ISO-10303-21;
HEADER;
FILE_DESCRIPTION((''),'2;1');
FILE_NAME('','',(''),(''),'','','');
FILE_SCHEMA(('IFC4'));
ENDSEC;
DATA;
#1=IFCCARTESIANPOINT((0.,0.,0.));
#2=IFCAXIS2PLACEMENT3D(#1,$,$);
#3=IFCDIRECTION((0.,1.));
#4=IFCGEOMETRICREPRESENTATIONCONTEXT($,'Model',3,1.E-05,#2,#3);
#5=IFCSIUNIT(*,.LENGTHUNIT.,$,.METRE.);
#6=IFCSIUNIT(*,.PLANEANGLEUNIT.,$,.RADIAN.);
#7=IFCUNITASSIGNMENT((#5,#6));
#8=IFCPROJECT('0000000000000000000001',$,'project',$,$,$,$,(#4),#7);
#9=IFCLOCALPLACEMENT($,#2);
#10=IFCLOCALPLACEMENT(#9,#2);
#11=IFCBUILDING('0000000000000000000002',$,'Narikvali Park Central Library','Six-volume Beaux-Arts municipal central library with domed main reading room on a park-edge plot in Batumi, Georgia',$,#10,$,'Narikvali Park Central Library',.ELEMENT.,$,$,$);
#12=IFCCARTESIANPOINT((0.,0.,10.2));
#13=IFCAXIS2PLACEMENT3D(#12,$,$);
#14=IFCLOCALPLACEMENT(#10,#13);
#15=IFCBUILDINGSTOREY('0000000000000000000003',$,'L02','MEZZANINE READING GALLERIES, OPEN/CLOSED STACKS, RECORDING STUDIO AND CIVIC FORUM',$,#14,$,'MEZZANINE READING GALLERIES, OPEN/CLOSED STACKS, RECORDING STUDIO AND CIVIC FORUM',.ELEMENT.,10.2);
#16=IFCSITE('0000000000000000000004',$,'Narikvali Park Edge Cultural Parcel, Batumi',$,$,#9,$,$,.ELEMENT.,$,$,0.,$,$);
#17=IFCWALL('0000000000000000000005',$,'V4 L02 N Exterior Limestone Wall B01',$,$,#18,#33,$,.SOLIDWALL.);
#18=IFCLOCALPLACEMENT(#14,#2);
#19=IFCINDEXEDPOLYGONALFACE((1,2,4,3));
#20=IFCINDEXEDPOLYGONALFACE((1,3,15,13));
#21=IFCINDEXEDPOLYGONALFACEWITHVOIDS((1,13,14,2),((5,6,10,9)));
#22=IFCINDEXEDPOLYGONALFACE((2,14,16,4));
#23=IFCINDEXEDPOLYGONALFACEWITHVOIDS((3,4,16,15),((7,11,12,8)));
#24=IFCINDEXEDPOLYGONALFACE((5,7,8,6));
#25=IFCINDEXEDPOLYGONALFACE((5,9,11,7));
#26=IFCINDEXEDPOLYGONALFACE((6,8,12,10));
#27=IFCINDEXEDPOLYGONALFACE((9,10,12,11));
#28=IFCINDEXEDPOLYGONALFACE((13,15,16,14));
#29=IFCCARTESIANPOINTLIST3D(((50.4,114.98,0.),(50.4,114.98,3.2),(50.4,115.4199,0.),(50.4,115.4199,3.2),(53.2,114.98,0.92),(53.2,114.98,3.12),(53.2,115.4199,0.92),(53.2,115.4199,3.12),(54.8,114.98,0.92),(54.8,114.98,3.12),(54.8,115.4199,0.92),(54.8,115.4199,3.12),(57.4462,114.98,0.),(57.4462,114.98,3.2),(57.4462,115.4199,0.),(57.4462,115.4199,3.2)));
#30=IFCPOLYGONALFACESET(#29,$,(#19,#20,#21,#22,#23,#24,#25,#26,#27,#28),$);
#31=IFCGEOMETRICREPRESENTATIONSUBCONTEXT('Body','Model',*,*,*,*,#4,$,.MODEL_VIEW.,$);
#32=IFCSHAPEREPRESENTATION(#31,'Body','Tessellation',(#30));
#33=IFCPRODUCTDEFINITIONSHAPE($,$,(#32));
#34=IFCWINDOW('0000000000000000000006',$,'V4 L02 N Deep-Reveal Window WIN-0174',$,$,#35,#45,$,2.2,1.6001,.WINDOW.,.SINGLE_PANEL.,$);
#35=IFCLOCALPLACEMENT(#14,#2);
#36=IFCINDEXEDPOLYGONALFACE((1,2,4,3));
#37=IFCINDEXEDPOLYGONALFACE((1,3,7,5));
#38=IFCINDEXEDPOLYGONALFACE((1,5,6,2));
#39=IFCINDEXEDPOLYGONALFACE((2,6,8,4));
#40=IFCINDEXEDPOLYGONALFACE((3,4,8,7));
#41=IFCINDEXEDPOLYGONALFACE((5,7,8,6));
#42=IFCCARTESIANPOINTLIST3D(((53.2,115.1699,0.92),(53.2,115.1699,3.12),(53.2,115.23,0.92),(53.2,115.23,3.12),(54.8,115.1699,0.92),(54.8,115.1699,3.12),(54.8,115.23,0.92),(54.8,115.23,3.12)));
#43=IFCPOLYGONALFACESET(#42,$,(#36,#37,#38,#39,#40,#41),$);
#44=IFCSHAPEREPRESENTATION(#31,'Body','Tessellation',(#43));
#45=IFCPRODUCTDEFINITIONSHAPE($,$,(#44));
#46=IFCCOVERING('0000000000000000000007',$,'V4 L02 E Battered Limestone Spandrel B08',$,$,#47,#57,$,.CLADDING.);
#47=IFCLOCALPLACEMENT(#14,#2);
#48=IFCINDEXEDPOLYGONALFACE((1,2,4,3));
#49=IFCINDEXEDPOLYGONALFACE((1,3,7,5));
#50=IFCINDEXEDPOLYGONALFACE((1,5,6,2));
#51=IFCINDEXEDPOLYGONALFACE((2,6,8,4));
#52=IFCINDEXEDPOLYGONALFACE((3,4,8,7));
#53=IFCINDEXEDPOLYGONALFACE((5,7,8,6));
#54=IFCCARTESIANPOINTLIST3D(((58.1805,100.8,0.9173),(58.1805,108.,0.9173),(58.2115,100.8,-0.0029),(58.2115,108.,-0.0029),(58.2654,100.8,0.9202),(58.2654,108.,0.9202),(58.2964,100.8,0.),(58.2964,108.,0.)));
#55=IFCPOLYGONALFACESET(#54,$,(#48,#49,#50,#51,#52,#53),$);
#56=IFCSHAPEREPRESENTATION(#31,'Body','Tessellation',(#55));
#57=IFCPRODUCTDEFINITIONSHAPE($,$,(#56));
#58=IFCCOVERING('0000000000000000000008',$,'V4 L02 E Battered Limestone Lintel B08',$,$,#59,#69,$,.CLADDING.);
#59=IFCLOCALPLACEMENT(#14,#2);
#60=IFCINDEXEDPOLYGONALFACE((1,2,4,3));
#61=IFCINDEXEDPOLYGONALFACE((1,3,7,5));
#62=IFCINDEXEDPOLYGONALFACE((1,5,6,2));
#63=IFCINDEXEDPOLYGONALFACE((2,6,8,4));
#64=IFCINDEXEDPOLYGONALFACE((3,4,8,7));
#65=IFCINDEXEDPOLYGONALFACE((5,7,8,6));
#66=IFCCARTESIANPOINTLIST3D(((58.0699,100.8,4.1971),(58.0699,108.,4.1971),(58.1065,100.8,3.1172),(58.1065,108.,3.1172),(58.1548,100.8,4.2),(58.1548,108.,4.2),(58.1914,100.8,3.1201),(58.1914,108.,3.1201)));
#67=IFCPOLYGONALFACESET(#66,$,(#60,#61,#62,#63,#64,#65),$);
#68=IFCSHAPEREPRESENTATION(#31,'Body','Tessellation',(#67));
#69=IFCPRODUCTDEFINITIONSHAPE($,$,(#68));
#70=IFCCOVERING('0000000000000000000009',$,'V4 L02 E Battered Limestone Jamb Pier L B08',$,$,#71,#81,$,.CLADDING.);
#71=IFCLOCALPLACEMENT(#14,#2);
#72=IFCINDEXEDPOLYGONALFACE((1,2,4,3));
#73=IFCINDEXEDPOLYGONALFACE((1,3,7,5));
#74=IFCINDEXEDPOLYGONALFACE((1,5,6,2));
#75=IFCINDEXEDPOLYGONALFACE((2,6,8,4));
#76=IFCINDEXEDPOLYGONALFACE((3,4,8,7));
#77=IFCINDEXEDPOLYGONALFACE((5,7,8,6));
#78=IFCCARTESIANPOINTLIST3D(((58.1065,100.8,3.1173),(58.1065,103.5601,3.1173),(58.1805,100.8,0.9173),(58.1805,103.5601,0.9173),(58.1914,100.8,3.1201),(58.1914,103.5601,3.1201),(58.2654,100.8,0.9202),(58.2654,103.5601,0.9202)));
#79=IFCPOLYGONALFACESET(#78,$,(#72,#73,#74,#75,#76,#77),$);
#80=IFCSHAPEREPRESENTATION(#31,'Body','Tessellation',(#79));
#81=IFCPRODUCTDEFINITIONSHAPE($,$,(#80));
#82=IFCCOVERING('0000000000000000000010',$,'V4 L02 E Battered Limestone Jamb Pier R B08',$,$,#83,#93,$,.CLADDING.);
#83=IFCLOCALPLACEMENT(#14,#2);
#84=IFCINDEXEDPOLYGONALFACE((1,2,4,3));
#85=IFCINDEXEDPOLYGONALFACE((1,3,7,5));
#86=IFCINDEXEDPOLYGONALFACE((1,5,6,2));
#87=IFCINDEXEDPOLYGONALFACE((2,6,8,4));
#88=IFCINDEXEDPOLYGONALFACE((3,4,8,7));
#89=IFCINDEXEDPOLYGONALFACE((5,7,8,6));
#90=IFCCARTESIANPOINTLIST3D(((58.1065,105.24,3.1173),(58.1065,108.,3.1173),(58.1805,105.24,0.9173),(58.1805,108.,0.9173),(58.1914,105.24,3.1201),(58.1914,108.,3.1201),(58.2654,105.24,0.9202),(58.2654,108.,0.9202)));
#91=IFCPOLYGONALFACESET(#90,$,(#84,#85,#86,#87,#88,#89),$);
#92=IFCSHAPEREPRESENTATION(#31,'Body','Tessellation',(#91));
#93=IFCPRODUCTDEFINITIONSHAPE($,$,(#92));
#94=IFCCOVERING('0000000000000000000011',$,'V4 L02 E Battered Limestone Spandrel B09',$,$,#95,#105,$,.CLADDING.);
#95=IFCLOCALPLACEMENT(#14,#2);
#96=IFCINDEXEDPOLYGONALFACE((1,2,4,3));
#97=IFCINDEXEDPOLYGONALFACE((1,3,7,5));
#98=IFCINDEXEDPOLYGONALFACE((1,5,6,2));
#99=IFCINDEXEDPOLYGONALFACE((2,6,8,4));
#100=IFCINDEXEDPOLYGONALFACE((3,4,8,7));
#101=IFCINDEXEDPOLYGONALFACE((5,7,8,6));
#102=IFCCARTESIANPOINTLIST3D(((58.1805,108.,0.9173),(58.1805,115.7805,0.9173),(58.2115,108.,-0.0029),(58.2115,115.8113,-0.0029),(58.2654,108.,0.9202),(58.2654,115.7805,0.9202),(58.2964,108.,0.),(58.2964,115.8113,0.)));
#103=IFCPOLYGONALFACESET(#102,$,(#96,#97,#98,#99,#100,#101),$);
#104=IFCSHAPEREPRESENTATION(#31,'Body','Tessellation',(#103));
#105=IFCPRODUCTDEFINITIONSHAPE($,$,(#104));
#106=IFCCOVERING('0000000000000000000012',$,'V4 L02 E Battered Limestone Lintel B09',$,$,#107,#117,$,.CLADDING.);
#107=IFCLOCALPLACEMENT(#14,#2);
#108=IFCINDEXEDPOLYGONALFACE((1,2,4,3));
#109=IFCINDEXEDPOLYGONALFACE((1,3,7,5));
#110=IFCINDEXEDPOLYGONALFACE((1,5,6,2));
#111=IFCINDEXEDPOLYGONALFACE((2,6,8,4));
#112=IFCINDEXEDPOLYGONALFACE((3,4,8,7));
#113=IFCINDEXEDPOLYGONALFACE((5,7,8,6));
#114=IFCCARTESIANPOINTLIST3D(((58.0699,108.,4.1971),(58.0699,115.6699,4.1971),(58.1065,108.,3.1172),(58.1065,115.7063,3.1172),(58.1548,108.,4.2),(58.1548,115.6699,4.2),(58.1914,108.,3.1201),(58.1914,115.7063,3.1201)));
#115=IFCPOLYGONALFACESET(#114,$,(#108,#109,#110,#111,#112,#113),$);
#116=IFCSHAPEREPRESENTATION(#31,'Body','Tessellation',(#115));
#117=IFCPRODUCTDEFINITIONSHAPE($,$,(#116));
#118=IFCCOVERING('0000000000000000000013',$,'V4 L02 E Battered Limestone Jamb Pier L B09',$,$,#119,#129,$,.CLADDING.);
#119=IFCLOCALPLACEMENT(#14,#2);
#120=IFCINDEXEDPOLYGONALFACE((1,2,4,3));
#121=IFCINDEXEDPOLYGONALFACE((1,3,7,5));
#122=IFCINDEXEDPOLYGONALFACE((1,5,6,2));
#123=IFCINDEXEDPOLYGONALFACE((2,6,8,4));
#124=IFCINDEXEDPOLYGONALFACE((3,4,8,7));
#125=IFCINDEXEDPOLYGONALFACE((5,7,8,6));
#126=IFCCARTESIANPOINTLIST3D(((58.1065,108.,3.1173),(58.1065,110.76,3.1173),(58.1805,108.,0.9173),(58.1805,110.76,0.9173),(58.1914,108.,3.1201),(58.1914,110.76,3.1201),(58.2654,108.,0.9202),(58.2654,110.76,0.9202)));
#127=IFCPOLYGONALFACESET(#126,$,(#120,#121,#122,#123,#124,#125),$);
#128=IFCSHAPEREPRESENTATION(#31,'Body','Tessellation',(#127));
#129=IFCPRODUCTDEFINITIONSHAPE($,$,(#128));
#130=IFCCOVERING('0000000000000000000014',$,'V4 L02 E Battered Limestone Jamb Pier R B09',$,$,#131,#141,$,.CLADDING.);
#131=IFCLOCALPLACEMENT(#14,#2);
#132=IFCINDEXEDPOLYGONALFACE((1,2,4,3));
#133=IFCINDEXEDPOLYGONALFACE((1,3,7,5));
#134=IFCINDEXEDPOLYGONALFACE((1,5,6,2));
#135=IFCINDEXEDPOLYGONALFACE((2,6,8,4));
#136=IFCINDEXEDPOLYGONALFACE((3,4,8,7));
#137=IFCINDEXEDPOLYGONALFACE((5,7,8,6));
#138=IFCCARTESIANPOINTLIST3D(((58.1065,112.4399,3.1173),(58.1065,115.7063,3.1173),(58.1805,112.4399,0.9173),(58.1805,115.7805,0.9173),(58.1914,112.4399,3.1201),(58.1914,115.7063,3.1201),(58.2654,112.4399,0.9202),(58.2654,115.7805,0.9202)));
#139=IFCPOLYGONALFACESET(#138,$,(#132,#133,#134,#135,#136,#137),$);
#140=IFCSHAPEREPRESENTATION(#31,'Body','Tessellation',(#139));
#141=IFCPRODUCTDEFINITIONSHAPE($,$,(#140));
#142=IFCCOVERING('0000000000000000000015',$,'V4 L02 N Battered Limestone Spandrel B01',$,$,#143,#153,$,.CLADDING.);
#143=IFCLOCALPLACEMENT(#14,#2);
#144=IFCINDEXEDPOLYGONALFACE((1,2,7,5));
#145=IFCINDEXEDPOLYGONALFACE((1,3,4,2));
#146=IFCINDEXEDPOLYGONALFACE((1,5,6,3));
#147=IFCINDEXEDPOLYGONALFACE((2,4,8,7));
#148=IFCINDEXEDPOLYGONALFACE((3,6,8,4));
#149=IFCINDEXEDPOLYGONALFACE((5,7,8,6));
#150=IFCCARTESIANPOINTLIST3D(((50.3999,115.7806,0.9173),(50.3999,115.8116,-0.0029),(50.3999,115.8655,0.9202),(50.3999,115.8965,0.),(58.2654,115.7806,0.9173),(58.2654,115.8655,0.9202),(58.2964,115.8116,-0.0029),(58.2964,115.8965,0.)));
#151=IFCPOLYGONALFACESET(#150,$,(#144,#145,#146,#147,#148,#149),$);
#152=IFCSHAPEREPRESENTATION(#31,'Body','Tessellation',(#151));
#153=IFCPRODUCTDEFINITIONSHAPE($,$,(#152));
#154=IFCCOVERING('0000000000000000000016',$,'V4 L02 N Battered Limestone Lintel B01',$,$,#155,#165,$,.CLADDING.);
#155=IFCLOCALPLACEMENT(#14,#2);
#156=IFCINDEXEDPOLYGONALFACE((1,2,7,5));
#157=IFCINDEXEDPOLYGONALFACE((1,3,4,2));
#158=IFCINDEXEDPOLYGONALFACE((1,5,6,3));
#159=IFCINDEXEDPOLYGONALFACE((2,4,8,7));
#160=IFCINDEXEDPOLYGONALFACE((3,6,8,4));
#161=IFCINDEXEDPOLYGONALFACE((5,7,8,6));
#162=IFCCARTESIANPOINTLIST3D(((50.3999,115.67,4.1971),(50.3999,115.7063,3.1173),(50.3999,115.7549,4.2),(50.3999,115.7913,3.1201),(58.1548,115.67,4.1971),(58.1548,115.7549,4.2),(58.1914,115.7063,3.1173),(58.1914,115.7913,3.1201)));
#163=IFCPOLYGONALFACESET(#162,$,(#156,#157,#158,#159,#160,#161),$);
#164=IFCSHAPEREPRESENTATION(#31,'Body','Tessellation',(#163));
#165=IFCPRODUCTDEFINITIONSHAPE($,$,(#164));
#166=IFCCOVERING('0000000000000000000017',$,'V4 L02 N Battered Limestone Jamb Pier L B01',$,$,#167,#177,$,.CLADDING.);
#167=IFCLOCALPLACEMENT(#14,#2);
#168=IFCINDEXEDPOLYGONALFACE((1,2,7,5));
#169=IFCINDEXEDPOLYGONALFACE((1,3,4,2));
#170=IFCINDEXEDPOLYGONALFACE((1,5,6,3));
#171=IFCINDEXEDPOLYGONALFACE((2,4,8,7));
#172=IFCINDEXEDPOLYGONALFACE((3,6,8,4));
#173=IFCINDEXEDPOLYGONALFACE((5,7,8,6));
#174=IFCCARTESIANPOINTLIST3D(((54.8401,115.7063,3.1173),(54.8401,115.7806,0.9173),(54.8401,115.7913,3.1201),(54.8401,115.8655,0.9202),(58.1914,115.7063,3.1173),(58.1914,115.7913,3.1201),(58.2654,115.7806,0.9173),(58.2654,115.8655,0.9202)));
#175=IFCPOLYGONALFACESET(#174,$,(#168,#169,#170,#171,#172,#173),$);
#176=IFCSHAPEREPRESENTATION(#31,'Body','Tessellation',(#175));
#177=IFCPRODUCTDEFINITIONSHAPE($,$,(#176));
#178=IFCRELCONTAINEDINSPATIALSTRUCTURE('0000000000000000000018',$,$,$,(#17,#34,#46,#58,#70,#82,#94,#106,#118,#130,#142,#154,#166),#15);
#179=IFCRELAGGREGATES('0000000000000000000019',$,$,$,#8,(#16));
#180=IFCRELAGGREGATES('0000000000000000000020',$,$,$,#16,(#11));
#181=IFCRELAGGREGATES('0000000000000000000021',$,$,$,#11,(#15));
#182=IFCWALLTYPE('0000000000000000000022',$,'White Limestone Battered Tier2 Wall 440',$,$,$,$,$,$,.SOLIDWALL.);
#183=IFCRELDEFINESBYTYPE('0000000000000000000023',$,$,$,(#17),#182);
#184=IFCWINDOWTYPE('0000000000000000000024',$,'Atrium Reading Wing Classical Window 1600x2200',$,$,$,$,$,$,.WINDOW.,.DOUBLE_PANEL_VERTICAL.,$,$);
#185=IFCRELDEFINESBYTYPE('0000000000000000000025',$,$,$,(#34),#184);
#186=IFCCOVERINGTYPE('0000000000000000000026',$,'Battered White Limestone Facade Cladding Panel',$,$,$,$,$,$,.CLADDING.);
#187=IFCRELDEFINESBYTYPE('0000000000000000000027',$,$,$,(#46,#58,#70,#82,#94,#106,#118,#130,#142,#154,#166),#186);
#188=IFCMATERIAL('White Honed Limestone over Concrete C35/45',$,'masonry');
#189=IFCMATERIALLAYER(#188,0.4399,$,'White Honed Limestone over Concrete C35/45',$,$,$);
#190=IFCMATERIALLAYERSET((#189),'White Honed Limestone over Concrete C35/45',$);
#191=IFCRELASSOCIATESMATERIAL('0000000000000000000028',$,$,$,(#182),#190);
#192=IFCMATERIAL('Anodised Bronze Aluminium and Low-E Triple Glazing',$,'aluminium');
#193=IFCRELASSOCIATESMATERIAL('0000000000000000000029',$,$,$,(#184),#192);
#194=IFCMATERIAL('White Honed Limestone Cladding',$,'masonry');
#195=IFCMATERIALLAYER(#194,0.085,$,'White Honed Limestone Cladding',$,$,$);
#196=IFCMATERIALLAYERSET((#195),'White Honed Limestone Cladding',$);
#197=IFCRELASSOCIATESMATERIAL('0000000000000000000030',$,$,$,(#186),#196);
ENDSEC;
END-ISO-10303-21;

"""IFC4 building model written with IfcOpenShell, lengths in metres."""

from ifc_helpers import new_model, si_unit, direction, frame, frame_2d, origin, place, context, subcontext, project, spatial, polyline, rectangle, outline, extrude, material, layer, layer_set, type_object, element, fill, save


model = new_model("IFC4")

# Units and contexts
model_context = context("Model", 3, precision=1e-05, world=origin(), true_north=direction((0.0, 1.0)))
body_context = subcontext(model_context, "Body", "Model", "MODEL_VIEW")
ifc_project = project(units=[si_unit("LENGTHUNIT", "METRE"), si_unit("PLANEANGLEUNIT", "RADIAN")], contexts=[model_context])

# Site, building, storey
site_placement = place(None, origin())
site = spatial("IfcSite", under=ifc_project, at=site_placement, Name="Narikvali Park Edge Cultural Parcel, Batumi", CompositionType="ELEMENT", RefElevation=0.0)
building_placement = place(site_placement, origin())
building = spatial("IfcBuilding", under=site, at=building_placement, Name="Narikvali Park Central Library", Description="Six-volume Beaux-Arts municipal central library with domed main reading room on a park-edge plot in Batumi, Georgia", LongName="Narikvali Park Central Library", CompositionType="ELEMENT")
storey_placement = place(building_placement, frame((0.0, 0.0, 10.2)))
storey = spatial("IfcBuildingStorey", under=building, at=storey_placement, Name="L02", Description="MEZZANINE READING GALLERIES, OPEN/CLOSED STACKS, RECORDING STUDIO AND CIVIC FORUM", LongName="MEZZANINE READING GALLERIES, OPEN/CLOSED STACKS, RECORDING STUDIO AND CIVIC FORUM", CompositionType="ELEMENT", Elevation=10.2)

# Shared definitions
ifc_material_1 = material(Name="White Honed Limestone over Concrete C35/45", Category="masonry")

# Wall, opening, window
ifc_layer_1 = layer(ifc_material_1, 0.4399, Name="White Honed Limestone over Concrete C35/45")
ifc_layer_set_1 = layer_set([ifc_layer_1], Name="White Honed Limestone over Concrete C35/45")
wall_type_1 = type_object("IfcWallType", Name="White Limestone Battered Tier2 Wall 440", PredefinedType="SOLIDWALL", material=ifc_layer_set_1)
ifc_material_2 = material(Name="Anodised Bronze Aluminium and Low-E Triple Glazing", Category="aluminium")
window_type = type_object("IfcWindowType", Name="Atrium Reading Wing Classical Window 1600x2200", PartitioningType="DOUBLE_PANEL_VERTICAL", PredefinedType="WINDOW", material=ifc_material_2)
wall_1_placement = place(storey_placement, frame((57.446, 115.2, 0.0), z_axis=(0.0, 0.0, 1.0), x_axis=(-1.0, 0.0, 0.0)))
wall_1 = element("IfcWall", 1, at=wall_1_placement, inside=storey, type_object=wall_type_1, Name="V4 L02 N Exterior Limestone Wall B01", PredefinedType="SOLIDWALL", context=body_context, shape_type="SweptSolid", body=[
    extrude(rectangle(XDim=7.0461, YDim=0.4399, at=frame_2d((3.5229, 0.0))), origin(), (0.0, 0.0, 1.0), 3.2),
])
opening_1_placement = place(wall_1_placement, frame((2.646, 0.0, 0.9199)))
opening_1 = element("IfcOpeningElement", 2, at=opening_1_placement, cuts=wall_1, PredefinedType="OPENING", context=body_context, shape_type="SweptSolid", body=[
    extrude(rectangle(XDim=1.6001, YDim=2.2, at=frame_2d((0.8, 1.1001))), frame((0.0, 0.2319, 0.0), z_axis=(0.0, -1.0, 0.0), x_axis=(1.0, 0.0, 0.0)), (0.0, 0.0, 1.0), 0.4639),
])
window_1_placement = place(opening_1_placement, origin())
window_1 = element("IfcWindow", 3, at=window_1_placement, inside=storey, type_object=window_type, Name="V4 L02 N Deep-Reveal Window WIN-0174", OverallHeight=2.2, OverallWidth=1.6001, PartitioningType="SINGLE_PANEL", PredefinedType="WINDOW", context=body_context, shape_type="SweptSolid", body=[
    extrude(rectangle(XDim=1.6001, YDim=2.2, at=frame_2d((0.8, 1.1001))), frame((0.0, 0.03, 0.0), z_axis=(0.0, -1.0, 0.0), x_axis=(1.0, 0.0, 0.0)), (0.0, 0.0, 1.0), 0.0601),
])
fill(opening_1, window_1)

# Coverings
ifc_material_3 = material(Name="White Honed Limestone Cladding", Category="masonry")
ifc_layer_2 = layer(ifc_material_3, 0.085, Name="White Honed Limestone Cladding")
ifc_layer_set_2 = layer_set([ifc_layer_2], Name="White Honed Limestone Cladding")
covering_type = type_object("IfcCoveringType", Name="Battered White Limestone Facade Cladding Panel", PredefinedType="CLADDING", material=ifc_layer_set_2)
covering_1_placement = place(storey_placement, frame((58.2964, 100.8, 0.0), z_axis=(0.999433, 0.0, 0.033677), x_axis=(0.0, 1.0, 0.0)))
element("IfcCovering", 4, at=covering_1_placement, inside=storey, type_object=covering_type, Name="V4 L02 E Battered Limestone Spandrel B08", PredefinedType="CLADDING", context=body_context, shape_type="SweptSolid", body=[
    extrude(outline(polyline([(0.0, 0.0), (7.2, 0.0), (7.2, 0.9207), (0.0, 0.9207), (0.0, 0.0)])), origin(), (0.0, 0.0, -1.0), 0.085),
])
covering_2_placement = place(storey_placement, frame((58.1914, 100.8, 3.1201), z_axis=(0.999425, 0.0, 0.033894), x_axis=(0.0, 1.0, 0.0)))
element("IfcCovering", 5, at=covering_2_placement, inside=storey, type_object=covering_type, Name="V4 L02 E Battered Limestone Lintel B08", PredefinedType="CLADDING", context=body_context, shape_type="SweptSolid", body=[
    extrude(outline(polyline([(0.0, 0.0), (7.2, 0.0), (7.2, 1.0805), (0.0, 1.0805), (0.0, 0.0)])), origin(), (0.0, 0.0, -1.0), 0.085),
])
for number, where, z_axis, x_axis, name in (
    (6, (58.2654, 100.8, 0.9202), (0.999435, 0.0, 0.033607), (0.0, 1.0, 0.0), "V4 L02 E Battered Limestone Jamb Pier L B08"),
    (7, (58.2654, 105.24, 0.9202), (0.999435, 0.0, 0.033607), (0.0, 1.0, 0.0), "V4 L02 E Battered Limestone Jamb Pier R B08"),
):
    element("IfcCovering", number, at=place(storey_placement, frame(where, z_axis=z_axis, x_axis=x_axis)), inside=storey, type_object=covering_type, Name=name, PredefinedType="CLADDING", context=body_context, shape_type="SweptSolid", body=[
        extrude(outline(polyline([(0.0, 0.0), (2.76, 0.0), (2.76, 2.2012), (0.0, 2.2012), (0.0, 0.0)])), origin(), (0.0, 0.0, -1.0), 0.085),
    ])
covering_3_placement = place(storey_placement, frame((58.2964, 108.0, 0.0), z_axis=(0.999433, 0.0, 0.033677), x_axis=(0.0, 1.0, 0.0)))
element("IfcCovering", 8, at=covering_3_placement, inside=storey, type_object=covering_type, Name="V4 L02 E Battered Limestone Spandrel B09", PredefinedType="CLADDING", context=body_context, shape_type="SweptSolid", body=[
    extrude(outline(polyline([(0.0, 0.0), (7.8113, 0.0), (7.7805, 0.9207), (0.0, 0.9207), (0.0, 0.0)])), origin(), (0.0, 0.0, -1.0), 0.085),
])
covering_4_placement = place(storey_placement, frame((58.1914, 108.0, 3.1201), z_axis=(0.999425, 0.0, 0.033894), x_axis=(0.0, 1.0, 0.0)))
element("IfcCovering", 9, at=covering_4_placement, inside=storey, type_object=covering_type, Name="V4 L02 E Battered Limestone Lintel B09", PredefinedType="CLADDING", context=body_context, shape_type="SweptSolid", body=[
    extrude(outline(polyline([(0.0, 0.0), (7.7063, 0.0), (7.6699, 1.0805), (0.0, 1.0805), (0.0, 0.0)])), origin(), (0.0, 0.0, -1.0), 0.085),
])
covering_5_placement = place(storey_placement, frame((58.2654, 108.0, 0.9202), z_axis=(0.999435, 0.0, 0.033607), x_axis=(0.0, 1.0, 0.0)))
element("IfcCovering", 10, at=covering_5_placement, inside=storey, type_object=covering_type, Name="V4 L02 E Battered Limestone Jamb Pier L B09", PredefinedType="CLADDING", context=body_context, shape_type="SweptSolid", body=[
    extrude(outline(polyline([(0.0, 0.0), (2.76, 0.0), (2.76, 2.2012), (0.0, 2.2012), (0.0, 0.0)])), origin(), (0.0, 0.0, -1.0), 0.085),
])
covering_6_placement = place(storey_placement, frame((58.2654, 112.4399, 0.9202), z_axis=(0.999435, 0.0, 0.033607), x_axis=(0.0, 1.0, 0.0)))
element("IfcCovering", 11, at=covering_6_placement, inside=storey, type_object=covering_type, Name="V4 L02 E Battered Limestone Jamb Pier R B09", PredefinedType="CLADDING", context=body_context, shape_type="SweptSolid", body=[
    extrude(outline(polyline([(0.0, 0.0), (3.3406, 0.0), (3.2664, 2.2012), (0.0, 2.2012), (0.0, 0.0)])), origin(), (0.0, 0.0, -1.0), 0.085),
])
covering_7_placement = place(storey_placement, frame((58.2964, 115.8965, 0.0), z_axis=(0.0, 0.999433, 0.033677), x_axis=(-1.0, 0.0, 0.0)))
element("IfcCovering", 12, at=covering_7_placement, inside=storey, type_object=covering_type, Name="V4 L02 N Battered Limestone Spandrel B01", PredefinedType="CLADDING", context=body_context, shape_type="SweptSolid", body=[
    extrude(outline(polyline([(0.0, 0.0), (7.8965, 0.0), (7.8965, 0.9207), (0.031, 0.9207), (0.0, 0.0)])), origin(), (0.0, 0.0, -1.0), 0.085),
])
covering_8_placement = place(storey_placement, frame((58.1914, 115.7913, 3.1201), z_axis=(0.0, 0.999433, 0.033668), x_axis=(-1.0, 0.0, 0.0)))
element("IfcCovering", 13, at=covering_8_placement, inside=storey, type_object=covering_type, Name="V4 L02 N Battered Limestone Lintel B01", PredefinedType="CLADDING", context=body_context, shape_type="SweptSolid", body=[
    extrude(outline(polyline([(0.0, 0.0), (7.7915, 0.0), (7.7915, 1.0804), (0.0366, 1.0804), (0.0, 0.0)])), origin(), (0.0, 0.0, -1.0), 0.085),
])
covering_9_placement = place(storey_placement, frame((58.2654, 115.8655, 0.9202), z_axis=(0.0, 0.999431, 0.033717), x_axis=(-1.0, 0.0, 0.0)))
element("IfcCovering", 14, at=covering_9_placement, inside=storey, type_object=covering_type, Name="V4 L02 N Battered Limestone Jamb Pier L B01", PredefinedType="CLADDING", context=body_context, shape_type="SweptSolid", body=[
    extrude(outline(polyline([(0.0, 0.0), (3.4253, 0.0), (3.4253, 2.2012), (0.074, 2.2012), (0.0, 0.0)])), origin(), (0.0, 0.0, -1.0), 0.085),
])

save(model, "model.ifc")
